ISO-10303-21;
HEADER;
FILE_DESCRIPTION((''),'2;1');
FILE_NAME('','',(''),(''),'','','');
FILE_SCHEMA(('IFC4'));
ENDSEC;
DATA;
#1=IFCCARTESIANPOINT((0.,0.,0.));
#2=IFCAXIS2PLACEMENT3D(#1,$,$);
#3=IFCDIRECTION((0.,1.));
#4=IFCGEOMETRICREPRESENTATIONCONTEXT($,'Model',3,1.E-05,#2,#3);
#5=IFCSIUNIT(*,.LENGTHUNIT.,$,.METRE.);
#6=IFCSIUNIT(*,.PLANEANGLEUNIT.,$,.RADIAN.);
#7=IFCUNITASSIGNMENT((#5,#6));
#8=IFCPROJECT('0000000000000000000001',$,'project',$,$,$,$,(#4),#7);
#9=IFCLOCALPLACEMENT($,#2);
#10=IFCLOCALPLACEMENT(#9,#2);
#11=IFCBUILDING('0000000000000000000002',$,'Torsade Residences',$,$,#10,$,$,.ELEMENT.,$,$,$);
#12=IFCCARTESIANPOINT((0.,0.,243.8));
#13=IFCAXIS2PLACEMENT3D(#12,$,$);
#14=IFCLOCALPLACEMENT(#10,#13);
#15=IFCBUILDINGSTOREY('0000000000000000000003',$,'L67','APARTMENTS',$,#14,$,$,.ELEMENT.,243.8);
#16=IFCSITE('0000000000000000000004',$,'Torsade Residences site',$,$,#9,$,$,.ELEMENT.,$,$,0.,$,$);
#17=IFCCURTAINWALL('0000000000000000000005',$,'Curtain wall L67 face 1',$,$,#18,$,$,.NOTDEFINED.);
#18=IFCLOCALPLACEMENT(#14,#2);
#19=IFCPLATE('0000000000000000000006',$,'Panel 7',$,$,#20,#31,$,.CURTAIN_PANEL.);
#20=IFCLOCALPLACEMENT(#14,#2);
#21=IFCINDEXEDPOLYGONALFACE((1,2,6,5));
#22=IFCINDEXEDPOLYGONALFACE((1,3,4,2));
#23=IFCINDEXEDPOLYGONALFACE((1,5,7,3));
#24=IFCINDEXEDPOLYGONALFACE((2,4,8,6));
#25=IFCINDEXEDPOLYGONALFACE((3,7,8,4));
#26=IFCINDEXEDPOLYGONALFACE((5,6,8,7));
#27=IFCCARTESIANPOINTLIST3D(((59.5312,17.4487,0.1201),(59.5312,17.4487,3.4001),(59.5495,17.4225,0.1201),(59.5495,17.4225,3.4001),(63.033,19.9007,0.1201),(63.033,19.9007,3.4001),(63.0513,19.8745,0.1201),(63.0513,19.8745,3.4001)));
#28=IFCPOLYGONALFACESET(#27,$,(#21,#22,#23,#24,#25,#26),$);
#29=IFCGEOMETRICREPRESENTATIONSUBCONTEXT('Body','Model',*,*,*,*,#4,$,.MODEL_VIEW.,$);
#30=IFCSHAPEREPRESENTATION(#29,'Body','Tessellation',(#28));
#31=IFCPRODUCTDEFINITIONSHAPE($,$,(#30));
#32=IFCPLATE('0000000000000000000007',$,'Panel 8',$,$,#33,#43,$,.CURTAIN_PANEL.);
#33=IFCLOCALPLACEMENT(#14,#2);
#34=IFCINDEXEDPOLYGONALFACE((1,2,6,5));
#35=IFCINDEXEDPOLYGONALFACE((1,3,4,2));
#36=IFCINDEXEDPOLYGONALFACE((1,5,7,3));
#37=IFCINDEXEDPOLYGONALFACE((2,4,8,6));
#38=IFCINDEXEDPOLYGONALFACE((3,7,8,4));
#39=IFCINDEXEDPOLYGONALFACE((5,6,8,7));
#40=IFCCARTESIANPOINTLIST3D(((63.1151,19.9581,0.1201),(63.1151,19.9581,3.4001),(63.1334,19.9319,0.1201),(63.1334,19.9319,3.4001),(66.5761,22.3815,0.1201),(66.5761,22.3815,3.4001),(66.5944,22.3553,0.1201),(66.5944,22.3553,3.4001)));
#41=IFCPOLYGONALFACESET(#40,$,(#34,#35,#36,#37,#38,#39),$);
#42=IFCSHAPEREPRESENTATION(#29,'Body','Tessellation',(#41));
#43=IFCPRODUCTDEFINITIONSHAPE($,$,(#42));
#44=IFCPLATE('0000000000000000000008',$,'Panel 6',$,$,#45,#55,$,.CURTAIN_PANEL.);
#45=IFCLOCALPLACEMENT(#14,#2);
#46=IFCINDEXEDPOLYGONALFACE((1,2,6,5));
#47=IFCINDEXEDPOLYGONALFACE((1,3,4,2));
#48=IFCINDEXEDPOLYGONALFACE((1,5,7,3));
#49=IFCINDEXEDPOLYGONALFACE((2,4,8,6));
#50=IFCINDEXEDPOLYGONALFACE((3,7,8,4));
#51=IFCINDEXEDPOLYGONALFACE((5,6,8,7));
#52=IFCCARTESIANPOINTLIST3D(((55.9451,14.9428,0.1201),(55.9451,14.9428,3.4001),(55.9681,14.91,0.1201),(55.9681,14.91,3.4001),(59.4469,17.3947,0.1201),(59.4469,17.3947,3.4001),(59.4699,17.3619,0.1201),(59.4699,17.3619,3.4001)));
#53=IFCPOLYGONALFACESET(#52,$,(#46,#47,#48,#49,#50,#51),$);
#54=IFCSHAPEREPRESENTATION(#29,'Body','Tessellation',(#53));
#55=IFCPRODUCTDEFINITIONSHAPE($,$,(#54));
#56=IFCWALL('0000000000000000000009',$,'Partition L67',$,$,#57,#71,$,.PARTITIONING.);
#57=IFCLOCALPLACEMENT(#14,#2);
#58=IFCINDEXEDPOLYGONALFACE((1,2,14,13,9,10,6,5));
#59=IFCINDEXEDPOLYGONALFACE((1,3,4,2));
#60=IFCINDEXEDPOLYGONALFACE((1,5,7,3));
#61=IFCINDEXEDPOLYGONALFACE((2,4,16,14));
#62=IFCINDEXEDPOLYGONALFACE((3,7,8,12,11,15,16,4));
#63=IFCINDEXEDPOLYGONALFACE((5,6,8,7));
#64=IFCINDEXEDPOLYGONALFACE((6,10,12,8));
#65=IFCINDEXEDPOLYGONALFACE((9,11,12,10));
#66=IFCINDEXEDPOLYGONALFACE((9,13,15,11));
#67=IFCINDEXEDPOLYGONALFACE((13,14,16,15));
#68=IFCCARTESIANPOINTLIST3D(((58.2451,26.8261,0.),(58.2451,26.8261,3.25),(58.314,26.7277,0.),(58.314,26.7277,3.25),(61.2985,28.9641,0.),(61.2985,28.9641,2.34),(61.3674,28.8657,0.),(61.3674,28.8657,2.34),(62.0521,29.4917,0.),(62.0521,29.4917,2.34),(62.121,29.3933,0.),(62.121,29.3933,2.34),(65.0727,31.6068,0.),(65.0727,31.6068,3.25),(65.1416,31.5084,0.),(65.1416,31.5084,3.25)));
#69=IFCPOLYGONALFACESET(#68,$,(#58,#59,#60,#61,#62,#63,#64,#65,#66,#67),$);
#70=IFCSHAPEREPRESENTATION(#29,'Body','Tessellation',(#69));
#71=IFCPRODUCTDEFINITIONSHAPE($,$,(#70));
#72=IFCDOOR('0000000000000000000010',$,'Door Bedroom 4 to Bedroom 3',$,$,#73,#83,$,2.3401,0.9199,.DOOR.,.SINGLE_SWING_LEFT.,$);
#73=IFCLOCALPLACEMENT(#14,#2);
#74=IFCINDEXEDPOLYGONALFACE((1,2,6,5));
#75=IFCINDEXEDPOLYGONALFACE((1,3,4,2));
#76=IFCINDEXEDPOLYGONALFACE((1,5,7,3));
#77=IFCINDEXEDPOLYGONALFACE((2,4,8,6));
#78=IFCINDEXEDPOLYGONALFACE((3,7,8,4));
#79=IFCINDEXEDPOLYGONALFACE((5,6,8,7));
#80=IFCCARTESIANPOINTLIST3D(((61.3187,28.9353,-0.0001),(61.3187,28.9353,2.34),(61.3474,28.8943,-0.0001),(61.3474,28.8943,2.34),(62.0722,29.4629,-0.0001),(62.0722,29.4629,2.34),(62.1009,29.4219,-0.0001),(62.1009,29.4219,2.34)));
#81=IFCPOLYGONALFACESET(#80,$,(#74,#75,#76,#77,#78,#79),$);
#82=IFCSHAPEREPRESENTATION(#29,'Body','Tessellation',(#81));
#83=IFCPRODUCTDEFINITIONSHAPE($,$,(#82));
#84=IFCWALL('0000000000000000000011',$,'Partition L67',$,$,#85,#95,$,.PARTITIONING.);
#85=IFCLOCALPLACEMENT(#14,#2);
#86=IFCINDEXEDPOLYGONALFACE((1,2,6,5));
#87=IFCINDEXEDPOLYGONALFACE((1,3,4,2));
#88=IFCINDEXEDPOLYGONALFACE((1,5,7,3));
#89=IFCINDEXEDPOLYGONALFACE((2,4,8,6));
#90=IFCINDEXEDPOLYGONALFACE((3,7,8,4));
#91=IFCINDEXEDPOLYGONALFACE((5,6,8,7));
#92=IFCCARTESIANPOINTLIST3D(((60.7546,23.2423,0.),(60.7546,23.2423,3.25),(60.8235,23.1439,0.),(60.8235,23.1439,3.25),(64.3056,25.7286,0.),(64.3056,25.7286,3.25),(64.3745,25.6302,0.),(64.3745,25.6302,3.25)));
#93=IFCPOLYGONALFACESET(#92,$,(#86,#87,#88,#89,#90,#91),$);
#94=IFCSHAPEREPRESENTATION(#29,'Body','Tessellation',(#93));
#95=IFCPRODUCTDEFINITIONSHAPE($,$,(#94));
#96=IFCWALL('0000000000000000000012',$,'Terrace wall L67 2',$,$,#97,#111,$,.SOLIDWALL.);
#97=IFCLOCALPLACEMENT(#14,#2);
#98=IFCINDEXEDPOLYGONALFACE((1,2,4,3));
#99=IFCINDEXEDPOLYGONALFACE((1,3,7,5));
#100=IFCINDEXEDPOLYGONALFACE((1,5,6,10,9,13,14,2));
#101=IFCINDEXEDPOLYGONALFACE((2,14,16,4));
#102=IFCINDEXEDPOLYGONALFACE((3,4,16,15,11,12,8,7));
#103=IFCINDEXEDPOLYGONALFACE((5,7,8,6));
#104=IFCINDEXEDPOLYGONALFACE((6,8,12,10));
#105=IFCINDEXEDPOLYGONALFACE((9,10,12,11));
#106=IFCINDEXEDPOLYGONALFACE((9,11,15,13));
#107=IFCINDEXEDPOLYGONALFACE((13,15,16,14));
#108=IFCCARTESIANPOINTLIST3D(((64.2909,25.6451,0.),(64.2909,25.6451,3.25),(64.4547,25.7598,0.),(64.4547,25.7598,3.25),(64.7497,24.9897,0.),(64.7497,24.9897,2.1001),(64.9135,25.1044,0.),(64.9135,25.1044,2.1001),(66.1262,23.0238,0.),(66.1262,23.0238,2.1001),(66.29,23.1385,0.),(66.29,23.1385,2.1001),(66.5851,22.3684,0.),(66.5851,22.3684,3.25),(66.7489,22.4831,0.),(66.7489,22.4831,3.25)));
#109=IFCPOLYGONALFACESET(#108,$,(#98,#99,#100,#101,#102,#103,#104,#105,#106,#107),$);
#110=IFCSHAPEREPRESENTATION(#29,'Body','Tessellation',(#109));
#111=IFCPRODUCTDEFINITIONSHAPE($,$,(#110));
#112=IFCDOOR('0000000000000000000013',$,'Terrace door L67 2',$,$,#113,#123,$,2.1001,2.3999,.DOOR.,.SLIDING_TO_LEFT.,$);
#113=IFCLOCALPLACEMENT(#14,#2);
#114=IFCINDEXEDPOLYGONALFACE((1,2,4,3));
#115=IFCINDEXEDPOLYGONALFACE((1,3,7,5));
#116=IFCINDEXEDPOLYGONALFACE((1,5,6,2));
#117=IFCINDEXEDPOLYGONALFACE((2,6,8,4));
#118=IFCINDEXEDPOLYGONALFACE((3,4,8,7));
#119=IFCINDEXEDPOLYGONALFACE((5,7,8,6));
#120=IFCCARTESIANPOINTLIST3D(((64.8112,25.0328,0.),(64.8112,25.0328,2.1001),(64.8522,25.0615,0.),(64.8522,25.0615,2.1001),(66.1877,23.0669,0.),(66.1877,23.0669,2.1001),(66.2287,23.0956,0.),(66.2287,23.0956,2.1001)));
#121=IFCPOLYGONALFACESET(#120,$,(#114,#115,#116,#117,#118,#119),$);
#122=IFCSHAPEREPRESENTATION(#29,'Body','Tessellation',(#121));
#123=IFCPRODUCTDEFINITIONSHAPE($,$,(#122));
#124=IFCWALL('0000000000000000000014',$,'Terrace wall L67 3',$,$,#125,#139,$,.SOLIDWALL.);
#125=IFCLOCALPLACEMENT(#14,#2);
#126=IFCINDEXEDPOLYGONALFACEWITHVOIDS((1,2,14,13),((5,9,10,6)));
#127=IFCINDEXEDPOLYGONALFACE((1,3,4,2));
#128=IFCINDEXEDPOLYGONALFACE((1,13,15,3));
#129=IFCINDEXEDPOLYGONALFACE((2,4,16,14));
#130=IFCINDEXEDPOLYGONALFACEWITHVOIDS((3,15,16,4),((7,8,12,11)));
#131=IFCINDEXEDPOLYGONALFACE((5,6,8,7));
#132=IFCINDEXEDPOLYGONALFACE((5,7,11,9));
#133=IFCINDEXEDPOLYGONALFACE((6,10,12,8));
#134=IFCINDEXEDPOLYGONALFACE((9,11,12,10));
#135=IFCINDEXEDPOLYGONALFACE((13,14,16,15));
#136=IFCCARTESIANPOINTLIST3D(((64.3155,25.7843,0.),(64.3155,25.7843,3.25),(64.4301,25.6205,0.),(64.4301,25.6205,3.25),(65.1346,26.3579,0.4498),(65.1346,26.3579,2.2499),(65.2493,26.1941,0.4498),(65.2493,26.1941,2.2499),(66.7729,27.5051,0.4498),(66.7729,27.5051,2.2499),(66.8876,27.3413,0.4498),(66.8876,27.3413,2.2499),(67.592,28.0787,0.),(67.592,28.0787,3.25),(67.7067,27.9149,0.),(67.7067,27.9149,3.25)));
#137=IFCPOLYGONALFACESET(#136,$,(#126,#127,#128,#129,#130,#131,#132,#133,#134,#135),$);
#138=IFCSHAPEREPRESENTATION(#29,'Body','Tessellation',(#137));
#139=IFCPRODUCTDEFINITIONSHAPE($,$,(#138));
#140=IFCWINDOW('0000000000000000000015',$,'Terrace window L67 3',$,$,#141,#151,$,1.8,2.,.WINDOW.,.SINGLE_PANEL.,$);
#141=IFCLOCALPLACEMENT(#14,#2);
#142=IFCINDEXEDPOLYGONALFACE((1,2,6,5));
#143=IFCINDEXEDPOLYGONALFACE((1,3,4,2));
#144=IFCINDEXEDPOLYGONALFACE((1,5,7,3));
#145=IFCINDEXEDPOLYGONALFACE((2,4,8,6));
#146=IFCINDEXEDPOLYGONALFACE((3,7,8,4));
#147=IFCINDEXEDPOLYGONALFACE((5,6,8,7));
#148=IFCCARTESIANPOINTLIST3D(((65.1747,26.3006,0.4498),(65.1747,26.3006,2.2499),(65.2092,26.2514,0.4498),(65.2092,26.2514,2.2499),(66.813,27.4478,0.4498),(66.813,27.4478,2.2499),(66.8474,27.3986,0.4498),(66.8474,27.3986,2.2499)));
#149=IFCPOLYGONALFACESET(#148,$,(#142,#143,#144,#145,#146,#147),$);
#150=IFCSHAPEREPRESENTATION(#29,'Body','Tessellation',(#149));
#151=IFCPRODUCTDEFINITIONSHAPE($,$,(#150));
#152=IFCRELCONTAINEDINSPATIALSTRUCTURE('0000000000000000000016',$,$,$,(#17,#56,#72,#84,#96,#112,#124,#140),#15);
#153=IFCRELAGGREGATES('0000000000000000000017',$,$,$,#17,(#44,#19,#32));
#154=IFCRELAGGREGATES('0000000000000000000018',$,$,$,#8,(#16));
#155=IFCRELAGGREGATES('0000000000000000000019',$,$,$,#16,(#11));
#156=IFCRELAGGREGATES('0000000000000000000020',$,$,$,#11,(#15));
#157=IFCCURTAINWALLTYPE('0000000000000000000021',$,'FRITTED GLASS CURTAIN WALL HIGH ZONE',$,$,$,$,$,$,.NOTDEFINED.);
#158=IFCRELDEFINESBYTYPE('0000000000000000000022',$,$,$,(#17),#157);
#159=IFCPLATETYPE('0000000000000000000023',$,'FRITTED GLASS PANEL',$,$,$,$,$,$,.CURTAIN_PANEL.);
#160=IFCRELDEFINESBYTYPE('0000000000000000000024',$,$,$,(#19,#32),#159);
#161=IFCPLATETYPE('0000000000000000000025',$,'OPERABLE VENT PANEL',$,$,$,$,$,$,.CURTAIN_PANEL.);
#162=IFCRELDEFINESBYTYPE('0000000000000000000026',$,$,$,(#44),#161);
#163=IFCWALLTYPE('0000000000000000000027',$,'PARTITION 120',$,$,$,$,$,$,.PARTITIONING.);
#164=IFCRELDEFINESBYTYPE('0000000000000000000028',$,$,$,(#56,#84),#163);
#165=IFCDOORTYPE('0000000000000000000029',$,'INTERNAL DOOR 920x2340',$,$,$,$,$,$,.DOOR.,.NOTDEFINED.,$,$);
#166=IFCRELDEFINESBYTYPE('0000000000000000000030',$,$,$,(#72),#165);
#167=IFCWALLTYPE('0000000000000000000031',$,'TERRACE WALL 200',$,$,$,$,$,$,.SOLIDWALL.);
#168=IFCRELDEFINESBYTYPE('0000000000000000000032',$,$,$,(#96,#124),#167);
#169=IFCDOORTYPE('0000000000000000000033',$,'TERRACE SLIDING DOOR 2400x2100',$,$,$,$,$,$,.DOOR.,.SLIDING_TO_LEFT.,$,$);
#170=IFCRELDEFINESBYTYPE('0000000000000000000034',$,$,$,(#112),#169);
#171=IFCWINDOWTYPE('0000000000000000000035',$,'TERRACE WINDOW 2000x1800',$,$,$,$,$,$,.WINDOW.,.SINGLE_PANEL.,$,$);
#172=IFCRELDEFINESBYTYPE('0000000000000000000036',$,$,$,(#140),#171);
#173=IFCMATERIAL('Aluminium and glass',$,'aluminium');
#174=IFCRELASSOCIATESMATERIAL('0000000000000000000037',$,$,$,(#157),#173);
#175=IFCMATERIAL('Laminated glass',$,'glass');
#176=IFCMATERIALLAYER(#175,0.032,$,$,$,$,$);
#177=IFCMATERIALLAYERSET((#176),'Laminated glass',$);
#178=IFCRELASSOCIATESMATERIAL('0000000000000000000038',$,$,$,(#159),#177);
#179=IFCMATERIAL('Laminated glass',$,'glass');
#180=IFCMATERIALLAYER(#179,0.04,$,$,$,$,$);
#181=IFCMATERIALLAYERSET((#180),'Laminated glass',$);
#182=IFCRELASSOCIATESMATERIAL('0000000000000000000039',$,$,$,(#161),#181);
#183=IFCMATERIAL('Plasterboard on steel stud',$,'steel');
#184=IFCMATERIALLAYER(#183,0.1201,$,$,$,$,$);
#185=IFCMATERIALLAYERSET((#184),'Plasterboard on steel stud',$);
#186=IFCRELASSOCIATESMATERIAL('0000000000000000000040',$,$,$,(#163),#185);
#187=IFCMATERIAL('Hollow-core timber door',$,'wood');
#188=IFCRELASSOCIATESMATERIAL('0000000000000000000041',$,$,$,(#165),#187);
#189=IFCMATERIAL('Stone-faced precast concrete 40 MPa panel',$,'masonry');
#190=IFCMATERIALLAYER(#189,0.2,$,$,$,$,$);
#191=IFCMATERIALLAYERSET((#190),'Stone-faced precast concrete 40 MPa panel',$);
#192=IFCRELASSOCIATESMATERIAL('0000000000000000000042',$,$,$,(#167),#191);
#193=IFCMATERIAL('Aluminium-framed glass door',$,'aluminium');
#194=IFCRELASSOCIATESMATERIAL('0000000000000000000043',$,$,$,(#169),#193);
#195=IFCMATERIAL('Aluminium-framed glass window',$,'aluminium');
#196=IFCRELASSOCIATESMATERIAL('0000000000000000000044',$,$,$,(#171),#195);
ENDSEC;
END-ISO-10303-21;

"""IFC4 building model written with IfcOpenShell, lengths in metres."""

from ifc_helpers import new_model, si_unit, direction, frame, frame_2d, origin, origin_2d, place, context, subcontext, project, spatial, rectangle, extrude, material, layer, layer_set, type_object, element, fill, aggregate, save


model = new_model("IFC4")

# Units and contexts
model_context = context("Model", 3, precision=1e-05, world=origin(), true_north=direction((0.0, 1.0)))
body_context = subcontext(model_context, "Body", "Model", "MODEL_VIEW")
ifc_project = project(units=[si_unit("LENGTHUNIT", "METRE"), si_unit("PLANEANGLEUNIT", "RADIAN")], contexts=[model_context])

# Site, building, storey
site_placement = place(None, origin())
site = spatial("IfcSite", under=ifc_project, at=site_placement, Name="Torsade Residences site", CompositionType="ELEMENT", RefElevation=0.0)
building_placement = place(site_placement, origin())
building = spatial("IfcBuilding", under=site, at=building_placement, Name="Torsade Residences", CompositionType="ELEMENT")
storey_placement = place(building_placement, frame((0.0, 0.0, 243.8)))
storey = spatial("IfcBuildingStorey", under=building, at=storey_placement, Name="L67", Description="APARTMENTS", CompositionType="ELEMENT", Elevation=243.8)

# Curtain wall
ifc_material_1 = material(Name="Aluminium and glass", Category="aluminium")
curtain_wall_type = type_object("IfcCurtainWallType", Name="FRITTED GLASS CURTAIN WALL HIGH ZONE", PredefinedType="NOTDEFINED", material=ifc_material_1)
curtain_wall_placement = place(storey_placement, origin())
curtain_wall = element("IfcCurtainWall", 1, at=curtain_wall_placement, inside=storey, type_object=curtain_wall_type, Name="Curtain wall L67 face 1", PredefinedType="NOTDEFINED")

# Plates
ifc_material_2 = material(Name="Laminated glass", Category="glass")
ifc_layer_1 = layer(ifc_material_2, 0.032)
ifc_layer_set_1 = layer_set([ifc_layer_1], Name="Laminated glass")
plate_type_1 = type_object("IfcPlateType", Name="FRITTED GLASS PANEL", PredefinedType="CURTAIN_PANEL", material=ifc_layer_set_1)
plate_1_placement = place(storey_placement, frame((61.2913, 18.6616, 0.1201), z_axis=(0.0, 0.0, 1.0), x_axis=(0.819152, 0.573576, 0.0)))
plate_1 = element("IfcPlate", 2, at=plate_1_placement, type_object=plate_type_1, Name="Panel 7", PredefinedType="CURTAIN_PANEL", context=body_context, shape_type="SweptSolid", body=[
    extrude(rectangle(XDim=4.2749, YDim=0.032, at=origin_2d()), origin(), (0.0, 0.0, 1.0), 3.28),
])
plate_2_placement = place(storey_placement, frame((64.8547, 21.1567, 0.1201), z_axis=(0.0, 0.0, 1.0), x_axis=(0.819152, 0.573576, 0.0)))
plate_2 = element("IfcPlate", 3, at=plate_2_placement, type_object=plate_type_1, Name="Panel 8", PredefinedType="CURTAIN_PANEL", context=body_context, shape_type="SweptSolid", body=[
    extrude(rectangle(XDim=4.2251, YDim=0.032, at=origin_2d()), origin(), (0.0, 0.0, 1.0), 3.28),
])
ifc_material_3 = material(Name="Laminated glass", Category="glass")
ifc_layer_2 = layer(ifc_material_3, 0.04)
ifc_layer_set_2 = layer_set([ifc_layer_2], Name="Laminated glass")
plate_type_2 = type_object("IfcPlateType", Name="OPERABLE VENT PANEL", PredefinedType="CURTAIN_PANEL", material=ifc_layer_set_2)
plate_3_placement = place(storey_placement, frame((57.7075, 16.1523, 0.1201), z_axis=(0.0, 0.0, 1.0), x_axis=(0.819152, 0.573576, 0.0)))
plate_3 = element("IfcPlate", 4, at=plate_3_placement, type_object=plate_type_2, Name="Panel 6", PredefinedType="CURTAIN_PANEL", context=body_context, shape_type="SweptSolid", body=[
    extrude(rectangle(XDim=4.2749, YDim=0.04, at=origin_2d()), origin(), (0.0, 0.0, 1.0), 3.28),
])
aggregate(curtain_wall, [plate_3, plate_1, plate_2])

# Wall, opening, door
ifc_material_4 = material(Name="Plasterboard on steel stud", Category="steel")
ifc_layer_3 = layer(ifc_material_4, 0.1201)
ifc_layer_set_3 = layer_set([ifc_layer_3], Name="Plasterboard on steel stud")
wall_type_1 = type_object("IfcWallType", Name="PARTITION 120", PredefinedType="PARTITIONING", material=ifc_layer_set_3)
wall_1_placement = place(storey_placement, frame((58.2795, 26.7769, 0.0), z_axis=(0.0, 0.0, 1.0), x_axis=(0.819152, 0.573576, 0.0)))
wall_1 = element("IfcWall", 5, at=wall_1_placement, inside=storey, type_object=wall_type_1, Name="Partition L67", PredefinedType="PARTITIONING", context=body_context, shape_type="SweptSolid", body=[
    extrude(rectangle(XDim=8.335, YDim=0.1201, at=frame_2d((4.1675, 0.0))), origin(), (0.0, 0.0, 1.0), 3.25),
])
opening_1_placement = place(wall_1_placement, frame((3.7275, 0.0, 0.0)))
opening_1 = element("IfcOpeningElement", 6, at=opening_1_placement, cuts=wall_1, PredefinedType="OPENING", context=body_context, shape_type="SweptSolid", body=[
    extrude(rectangle(XDim=0.9199, YDim=2.3401, at=frame_2d((0.46, 1.1699))), frame((0.0, 0.0701, 0.0), z_axis=(0.0, -1.0, 0.0), x_axis=(1.0, 0.0, 0.0)), (0.0, 0.0, 1.0), 0.1401),
])
ifc_material_5 = material(Name="Hollow-core timber door", Category="wood")
door_type_1 = type_object("IfcDoorType", Name="INTERNAL DOOR 920x2340", OperationType="NOTDEFINED", PredefinedType="DOOR", material=ifc_material_5)
door_1_placement = place(opening_1_placement, origin())
door_1 = element("IfcDoor", 7, at=door_1_placement, inside=storey, type_object=door_type_1, Name="Door Bedroom 4 to Bedroom 3", OperationType="SINGLE_SWING_LEFT", OverallHeight=2.3401, OverallWidth=0.9199, PredefinedType="DOOR", context=body_context, shape_type="SweptSolid", body=[
    extrude(rectangle(XDim=0.9199, YDim=2.3401, at=frame_2d((0.46, 1.1699))), frame((0.0, 0.0249, 0.0), z_axis=(0.0, -1.0, 0.0), x_axis=(1.0, 0.0, 0.0)), (0.0, 0.0, 1.0), 0.05),
])
fill(opening_1, door_1)

# Wall
wall_2_placement = place(storey_placement, frame((64.3401, 25.6794, 0.0), z_axis=(0.0, 0.0, 1.0), x_axis=(-0.819166, -0.573557, 0.0)))
element("IfcWall", 8, at=wall_2_placement, inside=storey, type_object=wall_type_1, Name="Partition L67", PredefinedType="PARTITIONING", context=body_context, shape_type="SweptSolid", body=[
    extrude(rectangle(XDim=4.335, YDim=0.1201, at=frame_2d((2.1675, 0.0))), origin(), (0.0, 0.0, 1.0), 3.25),
])

# Wall, opening, door
ifc_material_6 = material(Name="Stone-faced precast concrete 40 MPa panel", Category="masonry")
ifc_layer_4 = layer(ifc_material_6, 0.2)
ifc_layer_set_4 = layer_set([ifc_layer_4], Name="Stone-faced precast concrete 40 MPa panel")
wall_type_2 = type_object("IfcWallType", Name="TERRACE WALL 200", PredefinedType="SOLIDWALL", material=ifc_layer_set_4)
wall_3_placement = place(storey_placement, frame((66.667, 22.4258, 0.0), z_axis=(0.0, 0.0, 1.0), x_axis=(-0.573557, 0.819166, 0.0)))
wall_3 = element("IfcWall", 9, at=wall_3_placement, inside=storey, type_object=wall_type_2, Name="Terrace wall L67 2", PredefinedType="SOLIDWALL", context=body_context, shape_type="SweptSolid", body=[
    extrude(rectangle(XDim=4.0, YDim=0.2, at=frame_2d((2.0, 0.0))), origin(), (0.0, 0.0, 1.0), 3.25),
])
opening_2_placement = place(wall_3_placement, frame((0.8, 0.0, 0.0)))
opening_2 = element("IfcOpeningElement", 10, at=opening_2_placement, cuts=wall_3, PredefinedType="OPENING", context=body_context, shape_type="SweptSolid", body=[
    extrude(rectangle(XDim=2.3999, YDim=2.1001, at=frame_2d((1.2, 1.05))), frame((0.0, 0.1099, 0.0), z_axis=(0.0, -1.0, 0.0), x_axis=(1.0, 0.0, 0.0)), (0.0, 0.0, 1.0), 0.22),
])
ifc_material_7 = material(Name="Aluminium-framed glass door", Category="aluminium")
door_type_2 = type_object("IfcDoorType", Name="TERRACE SLIDING DOOR 2400x2100", OperationType="SLIDING_TO_LEFT", PredefinedType="DOOR", material=ifc_material_7)
door_2_placement = place(opening_2_placement, origin())
door_2 = element("IfcDoor", 11, at=door_2_placement, inside=storey, type_object=door_type_2, Name="Terrace door L67 2", OperationType="SLIDING_TO_LEFT", OverallHeight=2.1001, OverallWidth=2.3999, PredefinedType="DOOR", context=body_context, shape_type="SweptSolid", body=[
    extrude(rectangle(XDim=2.3999, YDim=2.1001, at=frame_2d((1.2, 1.05))), frame((0.0, 0.0249, 0.0), z_axis=(0.0, -1.0, 0.0), x_axis=(1.0, 0.0, 0.0)), (0.0, 0.0, 1.0), 0.05),
])
fill(opening_2, door_2)

# Wall, opening, window
wall_4_placement = place(storey_placement, frame((64.3728, 25.7024, 0.0), z_axis=(0.0, 0.0, 1.0), x_axis=(0.819137, 0.573598, 0.0)))
wall_4 = element("IfcWall", 12, at=wall_4_placement, inside=storey, type_object=wall_type_2, Name="Terrace wall L67 3", PredefinedType="SOLIDWALL", context=body_context, shape_type="SweptSolid", body=[
    extrude(rectangle(XDim=4.0, YDim=0.2, at=frame_2d((2.0, 0.0))), origin(), (0.0, 0.0, 1.0), 3.25),
])
opening_3_placement = place(wall_4_placement, frame((1.0, 0.0, 0.45)))
opening_3 = element("IfcOpeningElement", 13, at=opening_3_placement, cuts=wall_4, PredefinedType="OPENING", context=body_context, shape_type="SweptSolid", body=[
    extrude(rectangle(XDim=2.0, YDim=1.8, at=frame_2d((1.0, 0.8999))), frame((0.0, 0.1099, 0.0), z_axis=(0.0, -1.0, 0.0), x_axis=(1.0, 0.0, 0.0)), (0.0, 0.0, 1.0), 0.22),
])
ifc_material_8 = material(Name="Aluminium-framed glass window", Category="aluminium")
window_type = type_object("IfcWindowType", Name="TERRACE WINDOW 2000x1800", PartitioningType="SINGLE_PANEL", PredefinedType="WINDOW", material=ifc_material_8)
window_placement = place(opening_3_placement, origin())
window = element("IfcWindow", 14, at=window_placement, inside=storey, type_object=window_type, Name="Terrace window L67 3", OverallHeight=1.8, OverallWidth=2.0, PartitioningType="SINGLE_PANEL", PredefinedType="WINDOW", context=body_context, shape_type="SweptSolid", body=[
    extrude(rectangle(XDim=2.0, YDim=1.8, at=frame_2d((1.0, 0.8999))), frame((0.0, 0.03, 0.0), z_axis=(0.0, -1.0, 0.0), x_axis=(1.0, 0.0, 0.0)), (0.0, 0.0, 1.0), 0.0601),
])
fill(opening_3, window)

save(model, "model.ifc")
